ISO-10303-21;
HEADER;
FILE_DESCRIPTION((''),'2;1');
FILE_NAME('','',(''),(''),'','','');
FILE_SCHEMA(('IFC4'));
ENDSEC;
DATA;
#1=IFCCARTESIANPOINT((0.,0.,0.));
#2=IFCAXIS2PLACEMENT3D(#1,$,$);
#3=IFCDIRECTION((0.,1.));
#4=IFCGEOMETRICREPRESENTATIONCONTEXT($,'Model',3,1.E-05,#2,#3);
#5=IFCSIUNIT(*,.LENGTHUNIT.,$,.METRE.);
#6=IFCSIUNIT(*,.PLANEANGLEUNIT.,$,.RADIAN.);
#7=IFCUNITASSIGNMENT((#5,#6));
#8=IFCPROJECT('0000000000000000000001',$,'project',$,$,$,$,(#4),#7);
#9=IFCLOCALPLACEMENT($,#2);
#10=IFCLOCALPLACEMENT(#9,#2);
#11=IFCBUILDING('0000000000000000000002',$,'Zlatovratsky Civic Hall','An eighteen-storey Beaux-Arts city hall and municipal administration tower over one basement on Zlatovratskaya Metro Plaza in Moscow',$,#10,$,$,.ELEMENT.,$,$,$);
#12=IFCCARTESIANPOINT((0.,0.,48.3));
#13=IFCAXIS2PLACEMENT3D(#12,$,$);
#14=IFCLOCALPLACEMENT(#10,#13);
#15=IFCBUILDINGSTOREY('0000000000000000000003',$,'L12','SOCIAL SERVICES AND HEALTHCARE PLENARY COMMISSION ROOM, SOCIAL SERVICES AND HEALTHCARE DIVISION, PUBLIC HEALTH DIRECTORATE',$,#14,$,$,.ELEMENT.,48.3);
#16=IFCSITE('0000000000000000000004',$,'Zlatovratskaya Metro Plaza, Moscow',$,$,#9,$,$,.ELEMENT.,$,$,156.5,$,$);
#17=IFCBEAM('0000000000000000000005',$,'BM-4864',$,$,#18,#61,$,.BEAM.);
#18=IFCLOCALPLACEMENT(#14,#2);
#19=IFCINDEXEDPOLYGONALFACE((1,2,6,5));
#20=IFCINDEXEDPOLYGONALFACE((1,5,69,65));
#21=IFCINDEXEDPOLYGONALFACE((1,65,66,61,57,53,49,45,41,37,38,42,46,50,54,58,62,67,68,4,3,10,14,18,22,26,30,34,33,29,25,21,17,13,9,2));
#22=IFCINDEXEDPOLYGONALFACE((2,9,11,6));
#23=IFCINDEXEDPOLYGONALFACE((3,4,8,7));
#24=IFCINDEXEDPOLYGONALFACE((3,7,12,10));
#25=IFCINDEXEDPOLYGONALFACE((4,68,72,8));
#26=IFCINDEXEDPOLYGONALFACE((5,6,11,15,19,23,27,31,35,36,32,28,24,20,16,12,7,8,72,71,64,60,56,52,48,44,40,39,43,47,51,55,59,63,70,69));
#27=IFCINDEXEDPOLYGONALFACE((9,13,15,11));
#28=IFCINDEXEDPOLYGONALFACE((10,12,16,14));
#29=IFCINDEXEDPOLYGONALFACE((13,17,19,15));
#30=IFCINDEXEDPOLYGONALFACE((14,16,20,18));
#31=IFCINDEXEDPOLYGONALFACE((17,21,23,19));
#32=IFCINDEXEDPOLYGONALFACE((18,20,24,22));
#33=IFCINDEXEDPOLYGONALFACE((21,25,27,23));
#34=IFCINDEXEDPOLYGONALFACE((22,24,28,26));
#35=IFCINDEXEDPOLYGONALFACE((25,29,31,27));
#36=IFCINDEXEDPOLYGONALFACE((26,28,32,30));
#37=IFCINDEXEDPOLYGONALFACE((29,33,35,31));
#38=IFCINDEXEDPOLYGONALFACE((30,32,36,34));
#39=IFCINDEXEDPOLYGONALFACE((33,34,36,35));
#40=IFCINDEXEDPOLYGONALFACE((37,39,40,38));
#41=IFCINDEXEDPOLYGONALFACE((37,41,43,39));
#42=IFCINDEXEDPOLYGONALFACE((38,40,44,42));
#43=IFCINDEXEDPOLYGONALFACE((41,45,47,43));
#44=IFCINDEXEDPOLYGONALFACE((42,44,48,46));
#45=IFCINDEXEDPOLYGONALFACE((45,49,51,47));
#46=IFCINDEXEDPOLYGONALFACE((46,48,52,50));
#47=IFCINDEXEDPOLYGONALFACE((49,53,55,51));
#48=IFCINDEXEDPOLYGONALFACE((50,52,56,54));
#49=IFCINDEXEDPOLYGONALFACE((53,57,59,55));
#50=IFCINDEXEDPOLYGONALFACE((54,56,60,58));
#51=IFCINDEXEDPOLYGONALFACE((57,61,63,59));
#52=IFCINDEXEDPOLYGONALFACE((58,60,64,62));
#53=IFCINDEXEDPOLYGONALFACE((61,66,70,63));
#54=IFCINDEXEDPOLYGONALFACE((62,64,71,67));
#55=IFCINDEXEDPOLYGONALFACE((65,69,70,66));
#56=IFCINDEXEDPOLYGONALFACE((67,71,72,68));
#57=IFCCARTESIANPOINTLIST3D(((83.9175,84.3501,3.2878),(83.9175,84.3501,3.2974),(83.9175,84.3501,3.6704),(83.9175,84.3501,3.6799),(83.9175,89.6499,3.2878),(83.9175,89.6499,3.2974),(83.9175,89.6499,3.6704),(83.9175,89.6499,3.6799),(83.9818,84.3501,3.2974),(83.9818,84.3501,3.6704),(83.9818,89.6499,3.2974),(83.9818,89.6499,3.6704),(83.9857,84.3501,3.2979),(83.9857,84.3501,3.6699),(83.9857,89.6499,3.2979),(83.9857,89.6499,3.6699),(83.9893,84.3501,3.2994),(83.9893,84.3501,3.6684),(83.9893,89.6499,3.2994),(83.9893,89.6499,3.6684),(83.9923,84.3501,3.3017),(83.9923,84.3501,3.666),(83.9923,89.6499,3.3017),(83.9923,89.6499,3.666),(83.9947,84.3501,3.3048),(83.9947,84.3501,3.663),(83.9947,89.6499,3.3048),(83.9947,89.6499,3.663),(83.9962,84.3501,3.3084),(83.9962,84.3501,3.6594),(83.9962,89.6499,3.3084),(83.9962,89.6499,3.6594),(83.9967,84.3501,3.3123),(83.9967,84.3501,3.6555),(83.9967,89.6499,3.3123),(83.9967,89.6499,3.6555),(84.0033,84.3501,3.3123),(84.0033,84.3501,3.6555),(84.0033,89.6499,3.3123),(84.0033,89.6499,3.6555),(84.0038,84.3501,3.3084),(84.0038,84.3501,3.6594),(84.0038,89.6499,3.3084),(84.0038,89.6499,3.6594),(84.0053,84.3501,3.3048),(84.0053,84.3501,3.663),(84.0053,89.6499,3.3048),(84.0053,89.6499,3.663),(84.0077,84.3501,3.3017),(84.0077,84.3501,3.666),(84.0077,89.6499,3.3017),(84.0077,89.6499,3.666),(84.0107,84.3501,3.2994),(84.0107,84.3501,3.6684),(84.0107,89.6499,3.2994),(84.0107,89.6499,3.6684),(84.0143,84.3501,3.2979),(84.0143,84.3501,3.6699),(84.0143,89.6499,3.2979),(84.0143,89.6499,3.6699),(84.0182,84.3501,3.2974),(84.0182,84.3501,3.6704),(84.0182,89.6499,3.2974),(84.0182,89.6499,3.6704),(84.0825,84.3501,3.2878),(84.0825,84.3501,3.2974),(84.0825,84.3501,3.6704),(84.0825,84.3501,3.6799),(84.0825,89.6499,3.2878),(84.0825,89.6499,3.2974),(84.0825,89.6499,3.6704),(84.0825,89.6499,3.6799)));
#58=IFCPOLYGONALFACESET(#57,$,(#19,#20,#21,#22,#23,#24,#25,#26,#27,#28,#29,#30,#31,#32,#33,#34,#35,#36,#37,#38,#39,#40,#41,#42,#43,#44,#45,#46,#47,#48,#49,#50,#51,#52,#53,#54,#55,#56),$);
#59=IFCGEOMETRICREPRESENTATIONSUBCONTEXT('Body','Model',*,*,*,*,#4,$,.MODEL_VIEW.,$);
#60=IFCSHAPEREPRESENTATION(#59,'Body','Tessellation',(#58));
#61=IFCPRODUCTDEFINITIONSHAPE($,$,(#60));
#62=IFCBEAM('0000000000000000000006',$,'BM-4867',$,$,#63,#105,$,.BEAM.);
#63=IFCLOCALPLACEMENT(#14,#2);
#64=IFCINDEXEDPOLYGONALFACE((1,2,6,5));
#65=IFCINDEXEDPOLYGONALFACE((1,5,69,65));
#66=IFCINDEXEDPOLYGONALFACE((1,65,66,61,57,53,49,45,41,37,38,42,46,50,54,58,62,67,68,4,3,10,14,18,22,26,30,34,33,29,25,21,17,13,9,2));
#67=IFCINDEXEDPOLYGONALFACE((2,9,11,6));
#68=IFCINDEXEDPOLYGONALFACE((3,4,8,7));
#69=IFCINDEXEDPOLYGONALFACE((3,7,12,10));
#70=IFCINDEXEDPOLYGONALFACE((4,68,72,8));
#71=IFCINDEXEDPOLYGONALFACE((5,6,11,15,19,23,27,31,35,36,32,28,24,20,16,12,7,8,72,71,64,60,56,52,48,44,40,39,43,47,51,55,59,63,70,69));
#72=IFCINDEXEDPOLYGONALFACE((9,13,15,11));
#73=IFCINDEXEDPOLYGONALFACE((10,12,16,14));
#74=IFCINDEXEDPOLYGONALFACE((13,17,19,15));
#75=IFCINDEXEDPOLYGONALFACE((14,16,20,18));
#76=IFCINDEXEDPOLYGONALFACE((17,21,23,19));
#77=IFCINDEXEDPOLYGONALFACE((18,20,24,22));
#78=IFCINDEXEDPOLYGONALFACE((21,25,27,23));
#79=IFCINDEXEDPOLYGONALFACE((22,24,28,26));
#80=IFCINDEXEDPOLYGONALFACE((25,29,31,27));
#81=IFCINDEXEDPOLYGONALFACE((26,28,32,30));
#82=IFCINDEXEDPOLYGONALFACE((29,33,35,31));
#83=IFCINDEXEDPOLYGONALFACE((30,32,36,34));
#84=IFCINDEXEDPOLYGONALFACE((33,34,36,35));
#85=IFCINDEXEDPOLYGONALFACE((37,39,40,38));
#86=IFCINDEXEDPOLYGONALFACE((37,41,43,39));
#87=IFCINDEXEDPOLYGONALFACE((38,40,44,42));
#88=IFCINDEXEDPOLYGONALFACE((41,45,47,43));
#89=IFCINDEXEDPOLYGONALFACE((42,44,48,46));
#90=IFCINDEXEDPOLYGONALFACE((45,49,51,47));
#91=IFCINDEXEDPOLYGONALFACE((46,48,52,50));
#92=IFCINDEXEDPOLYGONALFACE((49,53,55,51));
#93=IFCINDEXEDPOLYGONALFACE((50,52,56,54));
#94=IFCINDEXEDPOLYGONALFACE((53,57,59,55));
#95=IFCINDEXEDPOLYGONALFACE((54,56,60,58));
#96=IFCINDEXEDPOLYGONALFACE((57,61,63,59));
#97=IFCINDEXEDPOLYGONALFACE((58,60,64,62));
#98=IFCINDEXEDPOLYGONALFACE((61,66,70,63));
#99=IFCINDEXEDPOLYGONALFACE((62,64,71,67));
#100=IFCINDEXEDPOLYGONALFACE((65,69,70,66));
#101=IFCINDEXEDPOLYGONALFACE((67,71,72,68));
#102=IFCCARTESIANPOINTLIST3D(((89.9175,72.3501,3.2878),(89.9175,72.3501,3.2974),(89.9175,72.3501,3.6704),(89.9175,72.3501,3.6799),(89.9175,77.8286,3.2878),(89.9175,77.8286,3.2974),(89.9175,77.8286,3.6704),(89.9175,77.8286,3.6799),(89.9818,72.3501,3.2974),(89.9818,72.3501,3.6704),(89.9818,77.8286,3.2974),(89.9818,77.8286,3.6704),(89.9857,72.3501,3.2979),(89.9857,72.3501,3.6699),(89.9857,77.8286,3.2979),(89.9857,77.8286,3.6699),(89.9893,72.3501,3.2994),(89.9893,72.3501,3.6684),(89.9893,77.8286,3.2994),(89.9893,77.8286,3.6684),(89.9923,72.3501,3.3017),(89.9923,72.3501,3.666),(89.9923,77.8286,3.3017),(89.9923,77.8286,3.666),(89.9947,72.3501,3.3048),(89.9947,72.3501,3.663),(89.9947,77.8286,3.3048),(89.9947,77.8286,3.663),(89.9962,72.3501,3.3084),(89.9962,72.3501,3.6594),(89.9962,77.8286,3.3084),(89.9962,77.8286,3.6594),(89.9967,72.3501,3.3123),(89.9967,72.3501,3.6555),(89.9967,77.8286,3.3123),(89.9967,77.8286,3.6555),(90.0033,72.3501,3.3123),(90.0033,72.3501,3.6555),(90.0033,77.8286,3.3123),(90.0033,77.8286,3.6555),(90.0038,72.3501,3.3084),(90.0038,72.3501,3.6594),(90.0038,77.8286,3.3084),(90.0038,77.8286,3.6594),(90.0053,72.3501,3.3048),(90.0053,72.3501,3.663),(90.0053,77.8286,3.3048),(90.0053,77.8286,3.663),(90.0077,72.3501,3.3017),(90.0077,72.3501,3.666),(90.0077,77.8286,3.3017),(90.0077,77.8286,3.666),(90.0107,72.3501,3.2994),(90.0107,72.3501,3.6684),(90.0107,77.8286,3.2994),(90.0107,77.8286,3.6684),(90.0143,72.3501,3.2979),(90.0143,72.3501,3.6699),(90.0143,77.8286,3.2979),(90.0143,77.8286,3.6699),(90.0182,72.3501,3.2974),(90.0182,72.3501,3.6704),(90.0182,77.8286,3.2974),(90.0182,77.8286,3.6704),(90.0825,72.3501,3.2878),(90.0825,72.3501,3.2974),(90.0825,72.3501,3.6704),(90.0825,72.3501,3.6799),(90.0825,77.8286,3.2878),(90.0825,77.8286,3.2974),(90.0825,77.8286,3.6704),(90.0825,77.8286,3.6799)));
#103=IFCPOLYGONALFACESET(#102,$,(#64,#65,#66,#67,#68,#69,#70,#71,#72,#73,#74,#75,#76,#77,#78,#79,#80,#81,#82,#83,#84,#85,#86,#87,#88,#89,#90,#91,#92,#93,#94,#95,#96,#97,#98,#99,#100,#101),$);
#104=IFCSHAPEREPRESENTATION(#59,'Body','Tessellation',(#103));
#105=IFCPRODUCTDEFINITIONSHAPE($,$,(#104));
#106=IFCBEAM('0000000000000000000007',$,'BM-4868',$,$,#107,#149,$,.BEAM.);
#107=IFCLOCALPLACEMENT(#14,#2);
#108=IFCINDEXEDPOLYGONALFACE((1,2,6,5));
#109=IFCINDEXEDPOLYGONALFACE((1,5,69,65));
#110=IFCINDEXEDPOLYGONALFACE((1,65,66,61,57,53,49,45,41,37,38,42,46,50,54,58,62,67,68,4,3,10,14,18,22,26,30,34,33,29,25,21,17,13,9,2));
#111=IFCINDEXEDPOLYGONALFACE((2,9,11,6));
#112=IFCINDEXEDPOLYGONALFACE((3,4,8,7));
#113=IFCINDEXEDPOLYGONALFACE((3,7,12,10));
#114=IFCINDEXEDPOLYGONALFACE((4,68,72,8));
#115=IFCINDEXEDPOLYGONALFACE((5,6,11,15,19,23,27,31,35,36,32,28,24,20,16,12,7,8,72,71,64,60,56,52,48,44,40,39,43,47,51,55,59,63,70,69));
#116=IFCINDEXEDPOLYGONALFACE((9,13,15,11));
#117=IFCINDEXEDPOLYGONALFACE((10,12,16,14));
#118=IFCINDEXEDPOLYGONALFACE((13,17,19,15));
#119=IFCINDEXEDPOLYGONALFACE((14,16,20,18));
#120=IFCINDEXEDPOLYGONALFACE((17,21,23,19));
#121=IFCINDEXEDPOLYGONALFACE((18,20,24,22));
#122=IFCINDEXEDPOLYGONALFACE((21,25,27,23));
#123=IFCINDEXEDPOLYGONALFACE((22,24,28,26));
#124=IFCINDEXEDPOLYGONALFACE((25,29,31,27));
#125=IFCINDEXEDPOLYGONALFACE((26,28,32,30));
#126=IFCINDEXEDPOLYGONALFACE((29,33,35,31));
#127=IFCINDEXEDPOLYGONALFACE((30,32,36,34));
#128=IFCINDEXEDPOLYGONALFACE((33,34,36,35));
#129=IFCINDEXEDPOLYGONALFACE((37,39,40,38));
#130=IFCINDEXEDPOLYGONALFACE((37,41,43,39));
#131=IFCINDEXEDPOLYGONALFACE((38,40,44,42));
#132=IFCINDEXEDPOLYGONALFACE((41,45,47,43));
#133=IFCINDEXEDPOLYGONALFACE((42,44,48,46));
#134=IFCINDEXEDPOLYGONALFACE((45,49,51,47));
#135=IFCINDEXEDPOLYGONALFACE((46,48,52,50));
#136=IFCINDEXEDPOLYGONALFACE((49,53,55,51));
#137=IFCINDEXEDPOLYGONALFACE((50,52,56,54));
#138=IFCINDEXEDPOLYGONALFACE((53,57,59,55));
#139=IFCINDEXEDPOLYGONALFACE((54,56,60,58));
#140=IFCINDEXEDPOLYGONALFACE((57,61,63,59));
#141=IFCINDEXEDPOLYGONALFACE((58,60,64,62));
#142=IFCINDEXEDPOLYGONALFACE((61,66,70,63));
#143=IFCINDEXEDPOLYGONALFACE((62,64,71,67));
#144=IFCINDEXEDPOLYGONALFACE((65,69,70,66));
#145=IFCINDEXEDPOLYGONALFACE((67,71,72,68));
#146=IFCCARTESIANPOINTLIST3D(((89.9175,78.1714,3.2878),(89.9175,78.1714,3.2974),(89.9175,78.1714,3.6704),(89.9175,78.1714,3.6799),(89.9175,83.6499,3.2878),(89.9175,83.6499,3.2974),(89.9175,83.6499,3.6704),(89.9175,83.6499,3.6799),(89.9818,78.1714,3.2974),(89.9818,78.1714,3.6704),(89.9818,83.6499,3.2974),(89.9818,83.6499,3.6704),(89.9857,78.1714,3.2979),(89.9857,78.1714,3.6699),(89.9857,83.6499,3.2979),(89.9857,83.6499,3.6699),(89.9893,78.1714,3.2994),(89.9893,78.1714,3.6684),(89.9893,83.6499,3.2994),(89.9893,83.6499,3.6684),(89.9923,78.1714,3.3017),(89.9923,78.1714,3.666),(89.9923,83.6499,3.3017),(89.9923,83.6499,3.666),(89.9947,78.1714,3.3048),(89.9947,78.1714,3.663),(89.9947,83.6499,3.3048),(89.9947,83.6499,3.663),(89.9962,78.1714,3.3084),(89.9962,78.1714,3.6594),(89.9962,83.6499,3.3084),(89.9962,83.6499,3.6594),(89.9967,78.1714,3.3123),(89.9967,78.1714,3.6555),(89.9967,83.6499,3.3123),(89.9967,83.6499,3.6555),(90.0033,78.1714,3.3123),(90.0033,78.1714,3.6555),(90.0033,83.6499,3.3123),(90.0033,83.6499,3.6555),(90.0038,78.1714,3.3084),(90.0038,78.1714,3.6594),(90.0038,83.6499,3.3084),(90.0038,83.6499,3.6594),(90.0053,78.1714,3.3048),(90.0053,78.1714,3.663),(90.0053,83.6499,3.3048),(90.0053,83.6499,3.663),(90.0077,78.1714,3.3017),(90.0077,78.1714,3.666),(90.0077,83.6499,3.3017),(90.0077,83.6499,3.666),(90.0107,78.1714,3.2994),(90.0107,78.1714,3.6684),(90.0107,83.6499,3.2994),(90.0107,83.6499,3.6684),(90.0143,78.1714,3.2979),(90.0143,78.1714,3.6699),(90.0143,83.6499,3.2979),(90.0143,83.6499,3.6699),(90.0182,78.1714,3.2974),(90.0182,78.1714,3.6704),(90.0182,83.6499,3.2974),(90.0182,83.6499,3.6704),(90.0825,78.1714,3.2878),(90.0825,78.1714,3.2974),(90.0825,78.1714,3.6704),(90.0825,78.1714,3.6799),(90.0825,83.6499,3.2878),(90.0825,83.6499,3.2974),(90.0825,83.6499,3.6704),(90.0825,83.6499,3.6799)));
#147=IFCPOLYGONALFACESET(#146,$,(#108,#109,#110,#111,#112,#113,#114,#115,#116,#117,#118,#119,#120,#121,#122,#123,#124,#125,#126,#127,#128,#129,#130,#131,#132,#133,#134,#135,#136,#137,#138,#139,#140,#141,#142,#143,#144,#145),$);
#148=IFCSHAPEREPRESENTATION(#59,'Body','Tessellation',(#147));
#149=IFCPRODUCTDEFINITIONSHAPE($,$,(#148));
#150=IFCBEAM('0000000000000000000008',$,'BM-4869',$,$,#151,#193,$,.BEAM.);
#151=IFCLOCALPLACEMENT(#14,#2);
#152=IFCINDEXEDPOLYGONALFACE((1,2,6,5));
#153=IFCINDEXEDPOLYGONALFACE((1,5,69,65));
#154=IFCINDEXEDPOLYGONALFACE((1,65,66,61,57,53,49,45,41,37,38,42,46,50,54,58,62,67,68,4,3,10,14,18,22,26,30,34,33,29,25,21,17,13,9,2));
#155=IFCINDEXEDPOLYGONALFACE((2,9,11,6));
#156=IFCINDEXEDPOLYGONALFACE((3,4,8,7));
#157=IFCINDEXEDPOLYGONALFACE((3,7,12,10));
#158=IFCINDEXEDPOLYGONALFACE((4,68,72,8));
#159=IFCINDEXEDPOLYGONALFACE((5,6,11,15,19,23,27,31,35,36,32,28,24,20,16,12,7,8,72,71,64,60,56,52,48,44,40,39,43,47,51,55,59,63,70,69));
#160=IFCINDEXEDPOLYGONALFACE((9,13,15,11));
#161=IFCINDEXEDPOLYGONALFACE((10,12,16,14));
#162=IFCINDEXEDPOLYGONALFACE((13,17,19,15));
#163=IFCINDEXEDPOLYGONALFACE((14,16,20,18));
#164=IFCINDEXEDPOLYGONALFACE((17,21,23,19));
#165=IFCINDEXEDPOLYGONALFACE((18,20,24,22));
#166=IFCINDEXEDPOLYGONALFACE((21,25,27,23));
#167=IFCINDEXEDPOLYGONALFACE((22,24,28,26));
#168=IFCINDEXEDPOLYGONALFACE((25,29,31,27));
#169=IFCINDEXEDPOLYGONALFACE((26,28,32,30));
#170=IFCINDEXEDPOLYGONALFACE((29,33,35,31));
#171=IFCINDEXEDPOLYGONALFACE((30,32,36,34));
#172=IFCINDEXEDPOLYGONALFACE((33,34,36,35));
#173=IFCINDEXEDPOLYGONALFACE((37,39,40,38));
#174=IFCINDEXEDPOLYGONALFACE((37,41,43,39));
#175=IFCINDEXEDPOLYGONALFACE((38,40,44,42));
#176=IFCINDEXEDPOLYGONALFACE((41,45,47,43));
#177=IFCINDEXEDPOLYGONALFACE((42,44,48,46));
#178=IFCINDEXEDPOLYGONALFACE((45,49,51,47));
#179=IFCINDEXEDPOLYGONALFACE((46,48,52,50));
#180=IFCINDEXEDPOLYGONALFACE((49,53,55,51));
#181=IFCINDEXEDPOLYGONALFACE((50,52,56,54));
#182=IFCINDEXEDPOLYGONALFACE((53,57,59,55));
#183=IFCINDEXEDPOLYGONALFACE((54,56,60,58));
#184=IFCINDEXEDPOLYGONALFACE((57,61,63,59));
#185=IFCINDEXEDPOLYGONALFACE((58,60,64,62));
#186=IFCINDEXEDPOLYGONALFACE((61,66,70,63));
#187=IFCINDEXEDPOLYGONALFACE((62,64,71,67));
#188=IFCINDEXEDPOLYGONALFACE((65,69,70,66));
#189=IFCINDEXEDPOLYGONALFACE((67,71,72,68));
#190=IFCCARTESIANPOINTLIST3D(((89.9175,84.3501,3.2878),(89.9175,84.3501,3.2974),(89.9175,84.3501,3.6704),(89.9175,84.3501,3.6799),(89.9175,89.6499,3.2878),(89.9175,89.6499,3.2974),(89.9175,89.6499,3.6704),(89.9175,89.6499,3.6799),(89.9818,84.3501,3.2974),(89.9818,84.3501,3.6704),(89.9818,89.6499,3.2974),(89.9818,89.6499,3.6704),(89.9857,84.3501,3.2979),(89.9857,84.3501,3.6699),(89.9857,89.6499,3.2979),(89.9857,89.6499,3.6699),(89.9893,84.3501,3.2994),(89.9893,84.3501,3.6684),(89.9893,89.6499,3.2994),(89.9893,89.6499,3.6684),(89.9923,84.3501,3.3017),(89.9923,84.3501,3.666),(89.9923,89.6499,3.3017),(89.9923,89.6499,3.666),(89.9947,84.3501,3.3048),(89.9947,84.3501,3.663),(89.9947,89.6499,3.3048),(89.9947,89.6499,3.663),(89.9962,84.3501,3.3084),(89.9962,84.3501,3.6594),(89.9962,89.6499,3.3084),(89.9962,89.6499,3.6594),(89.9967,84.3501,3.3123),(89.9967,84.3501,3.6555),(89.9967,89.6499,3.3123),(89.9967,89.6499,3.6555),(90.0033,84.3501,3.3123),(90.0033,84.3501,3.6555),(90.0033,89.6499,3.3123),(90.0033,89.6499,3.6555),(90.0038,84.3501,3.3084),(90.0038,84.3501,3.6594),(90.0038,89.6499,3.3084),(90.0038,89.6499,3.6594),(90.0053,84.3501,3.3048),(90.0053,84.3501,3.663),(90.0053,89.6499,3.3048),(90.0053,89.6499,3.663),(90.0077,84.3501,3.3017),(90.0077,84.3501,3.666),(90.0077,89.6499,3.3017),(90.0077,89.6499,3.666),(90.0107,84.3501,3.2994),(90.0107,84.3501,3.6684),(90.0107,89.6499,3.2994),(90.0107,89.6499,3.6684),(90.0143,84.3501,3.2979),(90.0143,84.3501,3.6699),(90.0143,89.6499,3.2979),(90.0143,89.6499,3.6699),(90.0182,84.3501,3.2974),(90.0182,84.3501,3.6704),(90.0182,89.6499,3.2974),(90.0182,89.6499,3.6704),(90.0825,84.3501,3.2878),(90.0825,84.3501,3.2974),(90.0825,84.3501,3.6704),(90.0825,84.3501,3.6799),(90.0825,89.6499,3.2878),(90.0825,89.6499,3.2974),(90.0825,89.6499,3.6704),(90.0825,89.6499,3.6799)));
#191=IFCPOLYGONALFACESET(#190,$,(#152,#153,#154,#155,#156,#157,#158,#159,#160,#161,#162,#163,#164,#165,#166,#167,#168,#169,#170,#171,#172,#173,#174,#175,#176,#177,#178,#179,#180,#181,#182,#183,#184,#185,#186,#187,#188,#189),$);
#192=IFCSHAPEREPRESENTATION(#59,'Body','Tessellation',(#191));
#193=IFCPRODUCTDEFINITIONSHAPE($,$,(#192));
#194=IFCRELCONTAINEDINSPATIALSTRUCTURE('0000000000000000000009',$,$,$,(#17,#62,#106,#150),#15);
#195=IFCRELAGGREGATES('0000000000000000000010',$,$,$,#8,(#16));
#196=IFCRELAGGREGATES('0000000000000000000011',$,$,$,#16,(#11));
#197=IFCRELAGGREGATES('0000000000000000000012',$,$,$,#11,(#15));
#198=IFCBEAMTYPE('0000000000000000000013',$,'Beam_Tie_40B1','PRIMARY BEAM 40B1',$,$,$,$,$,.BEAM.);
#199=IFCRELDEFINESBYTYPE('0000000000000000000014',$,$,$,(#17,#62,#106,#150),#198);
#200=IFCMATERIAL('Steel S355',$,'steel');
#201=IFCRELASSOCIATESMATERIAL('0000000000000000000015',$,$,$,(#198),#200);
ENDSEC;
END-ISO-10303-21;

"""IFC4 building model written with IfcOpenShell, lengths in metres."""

from ifc_helpers import new_model, si_unit, direction, frame, origin, origin_2d, place, context, subcontext, project, spatial, i_section, extrude, material, material_profile, profile_set, type_object, element, save


model = new_model("IFC4")

# Units and contexts
model_context = context("Model", 3, precision=1e-05, world=origin(), true_north=direction((0.0, 1.0)))
body_context = subcontext(model_context, "Body", "Model", "MODEL_VIEW")
ifc_project = project(units=[si_unit("LENGTHUNIT", "METRE"), si_unit("PLANEANGLEUNIT", "RADIAN")], contexts=[model_context])

# Site, building, storey
site_placement = place(None, origin())
site = spatial("IfcSite", under=ifc_project, at=site_placement, Name="Zlatovratskaya Metro Plaza, Moscow", CompositionType="ELEMENT", RefElevation=156.5)
building_placement = place(site_placement, origin())
building = spatial("IfcBuilding", under=site, at=building_placement, Name="Zlatovratsky Civic Hall", Description="An eighteen-storey Beaux-Arts city hall and municipal administration tower over one basement on Zlatovratskaya Metro Plaza in Moscow", CompositionType="ELEMENT")
storey_placement = place(building_placement, frame((0.0, 0.0, 48.3)))
storey = spatial("IfcBuildingStorey", under=building, at=storey_placement, Name="L12", Description="SOCIAL SERVICES AND HEALTHCARE PLENARY COMMISSION ROOM, SOCIAL SERVICES AND HEALTHCARE DIVISION, PUBLIC HEALTH DIRECTORATE", CompositionType="ELEMENT", Elevation=48.3)

# Shared definitions
ifc_material_1 = material(Name="Steel S355", Category="steel")

# Beams
ifc_material_profile_1 = material_profile(ifc_material_1, i_section(OverallWidth=0.165, OverallDepth=0.3921, WebThickness=0.0066, FlangeThickness=0.0095, FilletRadius=0.0149, at=origin_2d()), Name="40B1")
ifc_profile_set_1 = profile_set([ifc_material_profile_1], Name="Steel S355")
beam_type = type_object("IfcBeamType", Name="Beam_Tie_40B1", Description="PRIMARY BEAM 40B1", PredefinedType="BEAM", material=ifc_profile_set_1)
beam_1_placement = place(storey_placement, frame((84.0, 84.3501, 3.4839), z_axis=(0.0, 1.0, 0.0), x_axis=(-1.0, 0.0, 0.0)))
element("IfcBeam", 1, at=beam_1_placement, inside=storey, type_object=beam_type, Name="BM-4864", PredefinedType="BEAM", context=body_context, shape_type="SweptSolid", body=[
    extrude(i_section(OverallWidth=0.165, OverallDepth=0.3921, WebThickness=0.0066, FlangeThickness=0.0095, FilletRadius=0.0149, at=origin_2d()), origin(), (0.0, 0.0, 1.0), 5.2998),
])
for number, where, z_axis, x_axis, name in (
    (2, (90.0, 72.3501, 3.4839), (0.0, 1.0, 0.0), (-1.0, 0.0, 0.0), "BM-4867"),
    (3, (90.0, 78.1714, 3.4839), (0.0, 1.0, 0.0), (-1.0, 0.0, 0.0), "BM-4868"),
):
    element("IfcBeam", number, at=place(storey_placement, frame(where, z_axis=z_axis, x_axis=x_axis)), inside=storey, type_object=beam_type, Name=name, PredefinedType="BEAM", context=body_context, shape_type="SweptSolid", body=[
        extrude(i_section(OverallWidth=0.165, OverallDepth=0.3921, WebThickness=0.0066, FlangeThickness=0.0095, FilletRadius=0.0149, at=origin_2d()), origin(), (0.0, 0.0, 1.0), 5.4785),
    ])
beam_2_placement = place(storey_placement, frame((90.0, 84.3501, 3.4839), z_axis=(0.0, 1.0, 0.0), x_axis=(-1.0, 0.0, 0.0)))
element("IfcBeam", 4, at=beam_2_placement, inside=storey, type_object=beam_type, Name="BM-4869", PredefinedType="BEAM", context=body_context, shape_type="SweptSolid", body=[
    extrude(i_section(OverallWidth=0.165, OverallDepth=0.3921, WebThickness=0.0066, FlangeThickness=0.0095, FilletRadius=0.0149, at=origin_2d()), origin(), (0.0, 0.0, 1.0), 5.2998),
])

save(model, "model.ifc")
